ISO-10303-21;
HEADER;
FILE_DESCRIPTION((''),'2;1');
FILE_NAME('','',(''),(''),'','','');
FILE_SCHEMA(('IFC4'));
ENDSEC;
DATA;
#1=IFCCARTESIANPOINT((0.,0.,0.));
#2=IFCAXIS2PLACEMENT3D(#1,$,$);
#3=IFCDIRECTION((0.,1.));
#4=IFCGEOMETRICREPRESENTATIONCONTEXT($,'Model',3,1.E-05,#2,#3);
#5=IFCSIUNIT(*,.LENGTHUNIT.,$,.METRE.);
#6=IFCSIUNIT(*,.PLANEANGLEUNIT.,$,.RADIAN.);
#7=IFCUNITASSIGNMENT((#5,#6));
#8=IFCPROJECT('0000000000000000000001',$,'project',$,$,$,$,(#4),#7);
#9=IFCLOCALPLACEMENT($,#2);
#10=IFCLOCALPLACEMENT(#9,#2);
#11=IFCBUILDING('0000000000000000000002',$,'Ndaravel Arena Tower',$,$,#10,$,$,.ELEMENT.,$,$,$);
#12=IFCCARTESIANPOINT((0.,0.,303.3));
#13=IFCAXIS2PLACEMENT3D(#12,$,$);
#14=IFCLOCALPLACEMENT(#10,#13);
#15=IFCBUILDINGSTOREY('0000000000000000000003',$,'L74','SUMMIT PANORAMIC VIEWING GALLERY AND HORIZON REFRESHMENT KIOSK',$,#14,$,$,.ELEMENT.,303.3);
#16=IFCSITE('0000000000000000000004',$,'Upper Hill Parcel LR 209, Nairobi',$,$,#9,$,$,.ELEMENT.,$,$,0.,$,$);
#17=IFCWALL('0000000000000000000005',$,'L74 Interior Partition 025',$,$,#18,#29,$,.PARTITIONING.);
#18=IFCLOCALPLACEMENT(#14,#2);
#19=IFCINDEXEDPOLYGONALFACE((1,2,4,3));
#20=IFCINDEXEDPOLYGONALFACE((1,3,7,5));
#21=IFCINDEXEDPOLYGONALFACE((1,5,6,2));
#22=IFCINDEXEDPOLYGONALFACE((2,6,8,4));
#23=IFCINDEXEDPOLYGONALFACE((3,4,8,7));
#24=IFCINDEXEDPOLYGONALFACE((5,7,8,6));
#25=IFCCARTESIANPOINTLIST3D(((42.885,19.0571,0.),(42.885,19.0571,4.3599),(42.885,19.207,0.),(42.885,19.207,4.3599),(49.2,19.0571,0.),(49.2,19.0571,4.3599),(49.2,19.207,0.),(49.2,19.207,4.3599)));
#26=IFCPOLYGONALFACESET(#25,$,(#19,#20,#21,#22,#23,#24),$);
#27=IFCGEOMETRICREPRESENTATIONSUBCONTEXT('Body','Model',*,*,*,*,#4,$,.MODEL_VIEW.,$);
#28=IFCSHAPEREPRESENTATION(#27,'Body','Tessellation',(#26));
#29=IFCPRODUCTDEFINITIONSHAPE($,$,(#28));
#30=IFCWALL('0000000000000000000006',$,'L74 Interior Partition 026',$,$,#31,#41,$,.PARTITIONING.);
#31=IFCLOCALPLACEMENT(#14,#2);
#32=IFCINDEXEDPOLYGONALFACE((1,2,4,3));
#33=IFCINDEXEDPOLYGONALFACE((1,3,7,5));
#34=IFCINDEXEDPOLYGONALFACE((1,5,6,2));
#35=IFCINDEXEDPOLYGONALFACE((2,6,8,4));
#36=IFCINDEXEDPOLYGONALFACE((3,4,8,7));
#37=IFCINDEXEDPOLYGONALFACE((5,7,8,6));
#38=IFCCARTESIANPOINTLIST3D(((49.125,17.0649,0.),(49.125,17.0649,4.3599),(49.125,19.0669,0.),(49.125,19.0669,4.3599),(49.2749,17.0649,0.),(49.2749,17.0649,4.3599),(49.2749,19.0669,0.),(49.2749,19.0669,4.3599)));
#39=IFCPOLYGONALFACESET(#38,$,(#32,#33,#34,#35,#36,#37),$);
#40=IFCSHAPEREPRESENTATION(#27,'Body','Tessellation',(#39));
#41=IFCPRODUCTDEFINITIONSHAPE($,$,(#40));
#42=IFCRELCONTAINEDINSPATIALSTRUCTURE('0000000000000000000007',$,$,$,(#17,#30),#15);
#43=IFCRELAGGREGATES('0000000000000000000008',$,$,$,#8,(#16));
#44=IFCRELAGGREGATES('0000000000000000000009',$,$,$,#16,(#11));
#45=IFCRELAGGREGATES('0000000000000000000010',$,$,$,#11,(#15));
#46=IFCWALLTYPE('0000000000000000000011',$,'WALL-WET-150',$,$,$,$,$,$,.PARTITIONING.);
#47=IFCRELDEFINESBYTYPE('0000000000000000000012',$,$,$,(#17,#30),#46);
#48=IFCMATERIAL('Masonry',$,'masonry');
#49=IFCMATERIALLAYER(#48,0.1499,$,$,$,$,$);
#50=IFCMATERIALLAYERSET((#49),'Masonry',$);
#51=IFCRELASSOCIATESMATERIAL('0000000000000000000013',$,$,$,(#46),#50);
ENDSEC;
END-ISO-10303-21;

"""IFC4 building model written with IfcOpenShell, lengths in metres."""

from ifc_helpers import new_model, si_unit, direction, frame, frame_2d, origin, place, context, subcontext, project, spatial, rectangle, extrude, material, layer, layer_set, type_object, element, save


model = new_model("IFC4")

# Units and contexts
model_context = context("Model", 3, precision=1e-05, world=origin(), true_north=direction((0.0, 1.0)))
body_context = subcontext(model_context, "Body", "Model", "MODEL_VIEW")
ifc_project = project(units=[si_unit("LENGTHUNIT", "METRE"), si_unit("PLANEANGLEUNIT", "RADIAN")], contexts=[model_context])

# Site, building, storey
site_placement = place(None, origin())
site = spatial("IfcSite", under=ifc_project, at=site_placement, Name="Upper Hill Parcel LR 209, Nairobi", CompositionType="ELEMENT", RefElevation=0.0)
building_placement = place(site_placement, origin())
building = spatial("IfcBuilding", under=site, at=building_placement, Name="Ndaravel Arena Tower", CompositionType="ELEMENT")
storey_placement = place(building_placement, frame((0.0, 0.0, 303.3)))
storey = spatial("IfcBuildingStorey", under=building, at=storey_placement, Name="L74", Description="SUMMIT PANORAMIC VIEWING GALLERY AND HORIZON REFRESHMENT KIOSK", CompositionType="ELEMENT", Elevation=303.3)

# Shared definitions
ifc_material_1 = material(Name="Masonry", Category="masonry")
ifc_layer_1 = layer(ifc_material_1, 0.1499)
ifc_layer_set_1 = layer_set([ifc_layer_1], Name="Masonry")
wall_type_1 = type_object("IfcWallType", Name="WALL-WET-150", PredefinedType="PARTITIONING", material=ifc_layer_set_1)

# Walls
wall_1_placement = place(storey_placement, frame((42.885, 19.1321, 0.0), z_axis=(0.0, 0.0, 1.0), x_axis=(1.0, 0.0, 0.0)))
element("IfcWall", 1, at=wall_1_placement, inside=storey, type_object=wall_type_1, Name="L74 Interior Partition 025", PredefinedType="PARTITIONING", context=body_context, shape_type="SweptSolid", body=[
    extrude(rectangle(XDim=6.3149, YDim=0.1499, at=frame_2d((3.1575, 0.0))), origin(), (0.0, 0.0, 1.0), 4.3599),
])
wall_2_placement = place(storey_placement, frame((49.2, 19.0669, 0.0), z_axis=(0.0, 0.0, 1.0), x_axis=(0.0, -1.0, 0.0)))
element("IfcWall", 2, at=wall_2_placement, inside=storey, type_object=wall_type_1, Name="L74 Interior Partition 026", PredefinedType="PARTITIONING", context=body_context, shape_type="SweptSolid", body=[
    extrude(rectangle(XDim=2.002, YDim=0.1499, at=frame_2d((1.001, 0.0))), origin(), (0.0, 0.0, 1.0), 4.3599),
])

save(model, "model.ifc")
